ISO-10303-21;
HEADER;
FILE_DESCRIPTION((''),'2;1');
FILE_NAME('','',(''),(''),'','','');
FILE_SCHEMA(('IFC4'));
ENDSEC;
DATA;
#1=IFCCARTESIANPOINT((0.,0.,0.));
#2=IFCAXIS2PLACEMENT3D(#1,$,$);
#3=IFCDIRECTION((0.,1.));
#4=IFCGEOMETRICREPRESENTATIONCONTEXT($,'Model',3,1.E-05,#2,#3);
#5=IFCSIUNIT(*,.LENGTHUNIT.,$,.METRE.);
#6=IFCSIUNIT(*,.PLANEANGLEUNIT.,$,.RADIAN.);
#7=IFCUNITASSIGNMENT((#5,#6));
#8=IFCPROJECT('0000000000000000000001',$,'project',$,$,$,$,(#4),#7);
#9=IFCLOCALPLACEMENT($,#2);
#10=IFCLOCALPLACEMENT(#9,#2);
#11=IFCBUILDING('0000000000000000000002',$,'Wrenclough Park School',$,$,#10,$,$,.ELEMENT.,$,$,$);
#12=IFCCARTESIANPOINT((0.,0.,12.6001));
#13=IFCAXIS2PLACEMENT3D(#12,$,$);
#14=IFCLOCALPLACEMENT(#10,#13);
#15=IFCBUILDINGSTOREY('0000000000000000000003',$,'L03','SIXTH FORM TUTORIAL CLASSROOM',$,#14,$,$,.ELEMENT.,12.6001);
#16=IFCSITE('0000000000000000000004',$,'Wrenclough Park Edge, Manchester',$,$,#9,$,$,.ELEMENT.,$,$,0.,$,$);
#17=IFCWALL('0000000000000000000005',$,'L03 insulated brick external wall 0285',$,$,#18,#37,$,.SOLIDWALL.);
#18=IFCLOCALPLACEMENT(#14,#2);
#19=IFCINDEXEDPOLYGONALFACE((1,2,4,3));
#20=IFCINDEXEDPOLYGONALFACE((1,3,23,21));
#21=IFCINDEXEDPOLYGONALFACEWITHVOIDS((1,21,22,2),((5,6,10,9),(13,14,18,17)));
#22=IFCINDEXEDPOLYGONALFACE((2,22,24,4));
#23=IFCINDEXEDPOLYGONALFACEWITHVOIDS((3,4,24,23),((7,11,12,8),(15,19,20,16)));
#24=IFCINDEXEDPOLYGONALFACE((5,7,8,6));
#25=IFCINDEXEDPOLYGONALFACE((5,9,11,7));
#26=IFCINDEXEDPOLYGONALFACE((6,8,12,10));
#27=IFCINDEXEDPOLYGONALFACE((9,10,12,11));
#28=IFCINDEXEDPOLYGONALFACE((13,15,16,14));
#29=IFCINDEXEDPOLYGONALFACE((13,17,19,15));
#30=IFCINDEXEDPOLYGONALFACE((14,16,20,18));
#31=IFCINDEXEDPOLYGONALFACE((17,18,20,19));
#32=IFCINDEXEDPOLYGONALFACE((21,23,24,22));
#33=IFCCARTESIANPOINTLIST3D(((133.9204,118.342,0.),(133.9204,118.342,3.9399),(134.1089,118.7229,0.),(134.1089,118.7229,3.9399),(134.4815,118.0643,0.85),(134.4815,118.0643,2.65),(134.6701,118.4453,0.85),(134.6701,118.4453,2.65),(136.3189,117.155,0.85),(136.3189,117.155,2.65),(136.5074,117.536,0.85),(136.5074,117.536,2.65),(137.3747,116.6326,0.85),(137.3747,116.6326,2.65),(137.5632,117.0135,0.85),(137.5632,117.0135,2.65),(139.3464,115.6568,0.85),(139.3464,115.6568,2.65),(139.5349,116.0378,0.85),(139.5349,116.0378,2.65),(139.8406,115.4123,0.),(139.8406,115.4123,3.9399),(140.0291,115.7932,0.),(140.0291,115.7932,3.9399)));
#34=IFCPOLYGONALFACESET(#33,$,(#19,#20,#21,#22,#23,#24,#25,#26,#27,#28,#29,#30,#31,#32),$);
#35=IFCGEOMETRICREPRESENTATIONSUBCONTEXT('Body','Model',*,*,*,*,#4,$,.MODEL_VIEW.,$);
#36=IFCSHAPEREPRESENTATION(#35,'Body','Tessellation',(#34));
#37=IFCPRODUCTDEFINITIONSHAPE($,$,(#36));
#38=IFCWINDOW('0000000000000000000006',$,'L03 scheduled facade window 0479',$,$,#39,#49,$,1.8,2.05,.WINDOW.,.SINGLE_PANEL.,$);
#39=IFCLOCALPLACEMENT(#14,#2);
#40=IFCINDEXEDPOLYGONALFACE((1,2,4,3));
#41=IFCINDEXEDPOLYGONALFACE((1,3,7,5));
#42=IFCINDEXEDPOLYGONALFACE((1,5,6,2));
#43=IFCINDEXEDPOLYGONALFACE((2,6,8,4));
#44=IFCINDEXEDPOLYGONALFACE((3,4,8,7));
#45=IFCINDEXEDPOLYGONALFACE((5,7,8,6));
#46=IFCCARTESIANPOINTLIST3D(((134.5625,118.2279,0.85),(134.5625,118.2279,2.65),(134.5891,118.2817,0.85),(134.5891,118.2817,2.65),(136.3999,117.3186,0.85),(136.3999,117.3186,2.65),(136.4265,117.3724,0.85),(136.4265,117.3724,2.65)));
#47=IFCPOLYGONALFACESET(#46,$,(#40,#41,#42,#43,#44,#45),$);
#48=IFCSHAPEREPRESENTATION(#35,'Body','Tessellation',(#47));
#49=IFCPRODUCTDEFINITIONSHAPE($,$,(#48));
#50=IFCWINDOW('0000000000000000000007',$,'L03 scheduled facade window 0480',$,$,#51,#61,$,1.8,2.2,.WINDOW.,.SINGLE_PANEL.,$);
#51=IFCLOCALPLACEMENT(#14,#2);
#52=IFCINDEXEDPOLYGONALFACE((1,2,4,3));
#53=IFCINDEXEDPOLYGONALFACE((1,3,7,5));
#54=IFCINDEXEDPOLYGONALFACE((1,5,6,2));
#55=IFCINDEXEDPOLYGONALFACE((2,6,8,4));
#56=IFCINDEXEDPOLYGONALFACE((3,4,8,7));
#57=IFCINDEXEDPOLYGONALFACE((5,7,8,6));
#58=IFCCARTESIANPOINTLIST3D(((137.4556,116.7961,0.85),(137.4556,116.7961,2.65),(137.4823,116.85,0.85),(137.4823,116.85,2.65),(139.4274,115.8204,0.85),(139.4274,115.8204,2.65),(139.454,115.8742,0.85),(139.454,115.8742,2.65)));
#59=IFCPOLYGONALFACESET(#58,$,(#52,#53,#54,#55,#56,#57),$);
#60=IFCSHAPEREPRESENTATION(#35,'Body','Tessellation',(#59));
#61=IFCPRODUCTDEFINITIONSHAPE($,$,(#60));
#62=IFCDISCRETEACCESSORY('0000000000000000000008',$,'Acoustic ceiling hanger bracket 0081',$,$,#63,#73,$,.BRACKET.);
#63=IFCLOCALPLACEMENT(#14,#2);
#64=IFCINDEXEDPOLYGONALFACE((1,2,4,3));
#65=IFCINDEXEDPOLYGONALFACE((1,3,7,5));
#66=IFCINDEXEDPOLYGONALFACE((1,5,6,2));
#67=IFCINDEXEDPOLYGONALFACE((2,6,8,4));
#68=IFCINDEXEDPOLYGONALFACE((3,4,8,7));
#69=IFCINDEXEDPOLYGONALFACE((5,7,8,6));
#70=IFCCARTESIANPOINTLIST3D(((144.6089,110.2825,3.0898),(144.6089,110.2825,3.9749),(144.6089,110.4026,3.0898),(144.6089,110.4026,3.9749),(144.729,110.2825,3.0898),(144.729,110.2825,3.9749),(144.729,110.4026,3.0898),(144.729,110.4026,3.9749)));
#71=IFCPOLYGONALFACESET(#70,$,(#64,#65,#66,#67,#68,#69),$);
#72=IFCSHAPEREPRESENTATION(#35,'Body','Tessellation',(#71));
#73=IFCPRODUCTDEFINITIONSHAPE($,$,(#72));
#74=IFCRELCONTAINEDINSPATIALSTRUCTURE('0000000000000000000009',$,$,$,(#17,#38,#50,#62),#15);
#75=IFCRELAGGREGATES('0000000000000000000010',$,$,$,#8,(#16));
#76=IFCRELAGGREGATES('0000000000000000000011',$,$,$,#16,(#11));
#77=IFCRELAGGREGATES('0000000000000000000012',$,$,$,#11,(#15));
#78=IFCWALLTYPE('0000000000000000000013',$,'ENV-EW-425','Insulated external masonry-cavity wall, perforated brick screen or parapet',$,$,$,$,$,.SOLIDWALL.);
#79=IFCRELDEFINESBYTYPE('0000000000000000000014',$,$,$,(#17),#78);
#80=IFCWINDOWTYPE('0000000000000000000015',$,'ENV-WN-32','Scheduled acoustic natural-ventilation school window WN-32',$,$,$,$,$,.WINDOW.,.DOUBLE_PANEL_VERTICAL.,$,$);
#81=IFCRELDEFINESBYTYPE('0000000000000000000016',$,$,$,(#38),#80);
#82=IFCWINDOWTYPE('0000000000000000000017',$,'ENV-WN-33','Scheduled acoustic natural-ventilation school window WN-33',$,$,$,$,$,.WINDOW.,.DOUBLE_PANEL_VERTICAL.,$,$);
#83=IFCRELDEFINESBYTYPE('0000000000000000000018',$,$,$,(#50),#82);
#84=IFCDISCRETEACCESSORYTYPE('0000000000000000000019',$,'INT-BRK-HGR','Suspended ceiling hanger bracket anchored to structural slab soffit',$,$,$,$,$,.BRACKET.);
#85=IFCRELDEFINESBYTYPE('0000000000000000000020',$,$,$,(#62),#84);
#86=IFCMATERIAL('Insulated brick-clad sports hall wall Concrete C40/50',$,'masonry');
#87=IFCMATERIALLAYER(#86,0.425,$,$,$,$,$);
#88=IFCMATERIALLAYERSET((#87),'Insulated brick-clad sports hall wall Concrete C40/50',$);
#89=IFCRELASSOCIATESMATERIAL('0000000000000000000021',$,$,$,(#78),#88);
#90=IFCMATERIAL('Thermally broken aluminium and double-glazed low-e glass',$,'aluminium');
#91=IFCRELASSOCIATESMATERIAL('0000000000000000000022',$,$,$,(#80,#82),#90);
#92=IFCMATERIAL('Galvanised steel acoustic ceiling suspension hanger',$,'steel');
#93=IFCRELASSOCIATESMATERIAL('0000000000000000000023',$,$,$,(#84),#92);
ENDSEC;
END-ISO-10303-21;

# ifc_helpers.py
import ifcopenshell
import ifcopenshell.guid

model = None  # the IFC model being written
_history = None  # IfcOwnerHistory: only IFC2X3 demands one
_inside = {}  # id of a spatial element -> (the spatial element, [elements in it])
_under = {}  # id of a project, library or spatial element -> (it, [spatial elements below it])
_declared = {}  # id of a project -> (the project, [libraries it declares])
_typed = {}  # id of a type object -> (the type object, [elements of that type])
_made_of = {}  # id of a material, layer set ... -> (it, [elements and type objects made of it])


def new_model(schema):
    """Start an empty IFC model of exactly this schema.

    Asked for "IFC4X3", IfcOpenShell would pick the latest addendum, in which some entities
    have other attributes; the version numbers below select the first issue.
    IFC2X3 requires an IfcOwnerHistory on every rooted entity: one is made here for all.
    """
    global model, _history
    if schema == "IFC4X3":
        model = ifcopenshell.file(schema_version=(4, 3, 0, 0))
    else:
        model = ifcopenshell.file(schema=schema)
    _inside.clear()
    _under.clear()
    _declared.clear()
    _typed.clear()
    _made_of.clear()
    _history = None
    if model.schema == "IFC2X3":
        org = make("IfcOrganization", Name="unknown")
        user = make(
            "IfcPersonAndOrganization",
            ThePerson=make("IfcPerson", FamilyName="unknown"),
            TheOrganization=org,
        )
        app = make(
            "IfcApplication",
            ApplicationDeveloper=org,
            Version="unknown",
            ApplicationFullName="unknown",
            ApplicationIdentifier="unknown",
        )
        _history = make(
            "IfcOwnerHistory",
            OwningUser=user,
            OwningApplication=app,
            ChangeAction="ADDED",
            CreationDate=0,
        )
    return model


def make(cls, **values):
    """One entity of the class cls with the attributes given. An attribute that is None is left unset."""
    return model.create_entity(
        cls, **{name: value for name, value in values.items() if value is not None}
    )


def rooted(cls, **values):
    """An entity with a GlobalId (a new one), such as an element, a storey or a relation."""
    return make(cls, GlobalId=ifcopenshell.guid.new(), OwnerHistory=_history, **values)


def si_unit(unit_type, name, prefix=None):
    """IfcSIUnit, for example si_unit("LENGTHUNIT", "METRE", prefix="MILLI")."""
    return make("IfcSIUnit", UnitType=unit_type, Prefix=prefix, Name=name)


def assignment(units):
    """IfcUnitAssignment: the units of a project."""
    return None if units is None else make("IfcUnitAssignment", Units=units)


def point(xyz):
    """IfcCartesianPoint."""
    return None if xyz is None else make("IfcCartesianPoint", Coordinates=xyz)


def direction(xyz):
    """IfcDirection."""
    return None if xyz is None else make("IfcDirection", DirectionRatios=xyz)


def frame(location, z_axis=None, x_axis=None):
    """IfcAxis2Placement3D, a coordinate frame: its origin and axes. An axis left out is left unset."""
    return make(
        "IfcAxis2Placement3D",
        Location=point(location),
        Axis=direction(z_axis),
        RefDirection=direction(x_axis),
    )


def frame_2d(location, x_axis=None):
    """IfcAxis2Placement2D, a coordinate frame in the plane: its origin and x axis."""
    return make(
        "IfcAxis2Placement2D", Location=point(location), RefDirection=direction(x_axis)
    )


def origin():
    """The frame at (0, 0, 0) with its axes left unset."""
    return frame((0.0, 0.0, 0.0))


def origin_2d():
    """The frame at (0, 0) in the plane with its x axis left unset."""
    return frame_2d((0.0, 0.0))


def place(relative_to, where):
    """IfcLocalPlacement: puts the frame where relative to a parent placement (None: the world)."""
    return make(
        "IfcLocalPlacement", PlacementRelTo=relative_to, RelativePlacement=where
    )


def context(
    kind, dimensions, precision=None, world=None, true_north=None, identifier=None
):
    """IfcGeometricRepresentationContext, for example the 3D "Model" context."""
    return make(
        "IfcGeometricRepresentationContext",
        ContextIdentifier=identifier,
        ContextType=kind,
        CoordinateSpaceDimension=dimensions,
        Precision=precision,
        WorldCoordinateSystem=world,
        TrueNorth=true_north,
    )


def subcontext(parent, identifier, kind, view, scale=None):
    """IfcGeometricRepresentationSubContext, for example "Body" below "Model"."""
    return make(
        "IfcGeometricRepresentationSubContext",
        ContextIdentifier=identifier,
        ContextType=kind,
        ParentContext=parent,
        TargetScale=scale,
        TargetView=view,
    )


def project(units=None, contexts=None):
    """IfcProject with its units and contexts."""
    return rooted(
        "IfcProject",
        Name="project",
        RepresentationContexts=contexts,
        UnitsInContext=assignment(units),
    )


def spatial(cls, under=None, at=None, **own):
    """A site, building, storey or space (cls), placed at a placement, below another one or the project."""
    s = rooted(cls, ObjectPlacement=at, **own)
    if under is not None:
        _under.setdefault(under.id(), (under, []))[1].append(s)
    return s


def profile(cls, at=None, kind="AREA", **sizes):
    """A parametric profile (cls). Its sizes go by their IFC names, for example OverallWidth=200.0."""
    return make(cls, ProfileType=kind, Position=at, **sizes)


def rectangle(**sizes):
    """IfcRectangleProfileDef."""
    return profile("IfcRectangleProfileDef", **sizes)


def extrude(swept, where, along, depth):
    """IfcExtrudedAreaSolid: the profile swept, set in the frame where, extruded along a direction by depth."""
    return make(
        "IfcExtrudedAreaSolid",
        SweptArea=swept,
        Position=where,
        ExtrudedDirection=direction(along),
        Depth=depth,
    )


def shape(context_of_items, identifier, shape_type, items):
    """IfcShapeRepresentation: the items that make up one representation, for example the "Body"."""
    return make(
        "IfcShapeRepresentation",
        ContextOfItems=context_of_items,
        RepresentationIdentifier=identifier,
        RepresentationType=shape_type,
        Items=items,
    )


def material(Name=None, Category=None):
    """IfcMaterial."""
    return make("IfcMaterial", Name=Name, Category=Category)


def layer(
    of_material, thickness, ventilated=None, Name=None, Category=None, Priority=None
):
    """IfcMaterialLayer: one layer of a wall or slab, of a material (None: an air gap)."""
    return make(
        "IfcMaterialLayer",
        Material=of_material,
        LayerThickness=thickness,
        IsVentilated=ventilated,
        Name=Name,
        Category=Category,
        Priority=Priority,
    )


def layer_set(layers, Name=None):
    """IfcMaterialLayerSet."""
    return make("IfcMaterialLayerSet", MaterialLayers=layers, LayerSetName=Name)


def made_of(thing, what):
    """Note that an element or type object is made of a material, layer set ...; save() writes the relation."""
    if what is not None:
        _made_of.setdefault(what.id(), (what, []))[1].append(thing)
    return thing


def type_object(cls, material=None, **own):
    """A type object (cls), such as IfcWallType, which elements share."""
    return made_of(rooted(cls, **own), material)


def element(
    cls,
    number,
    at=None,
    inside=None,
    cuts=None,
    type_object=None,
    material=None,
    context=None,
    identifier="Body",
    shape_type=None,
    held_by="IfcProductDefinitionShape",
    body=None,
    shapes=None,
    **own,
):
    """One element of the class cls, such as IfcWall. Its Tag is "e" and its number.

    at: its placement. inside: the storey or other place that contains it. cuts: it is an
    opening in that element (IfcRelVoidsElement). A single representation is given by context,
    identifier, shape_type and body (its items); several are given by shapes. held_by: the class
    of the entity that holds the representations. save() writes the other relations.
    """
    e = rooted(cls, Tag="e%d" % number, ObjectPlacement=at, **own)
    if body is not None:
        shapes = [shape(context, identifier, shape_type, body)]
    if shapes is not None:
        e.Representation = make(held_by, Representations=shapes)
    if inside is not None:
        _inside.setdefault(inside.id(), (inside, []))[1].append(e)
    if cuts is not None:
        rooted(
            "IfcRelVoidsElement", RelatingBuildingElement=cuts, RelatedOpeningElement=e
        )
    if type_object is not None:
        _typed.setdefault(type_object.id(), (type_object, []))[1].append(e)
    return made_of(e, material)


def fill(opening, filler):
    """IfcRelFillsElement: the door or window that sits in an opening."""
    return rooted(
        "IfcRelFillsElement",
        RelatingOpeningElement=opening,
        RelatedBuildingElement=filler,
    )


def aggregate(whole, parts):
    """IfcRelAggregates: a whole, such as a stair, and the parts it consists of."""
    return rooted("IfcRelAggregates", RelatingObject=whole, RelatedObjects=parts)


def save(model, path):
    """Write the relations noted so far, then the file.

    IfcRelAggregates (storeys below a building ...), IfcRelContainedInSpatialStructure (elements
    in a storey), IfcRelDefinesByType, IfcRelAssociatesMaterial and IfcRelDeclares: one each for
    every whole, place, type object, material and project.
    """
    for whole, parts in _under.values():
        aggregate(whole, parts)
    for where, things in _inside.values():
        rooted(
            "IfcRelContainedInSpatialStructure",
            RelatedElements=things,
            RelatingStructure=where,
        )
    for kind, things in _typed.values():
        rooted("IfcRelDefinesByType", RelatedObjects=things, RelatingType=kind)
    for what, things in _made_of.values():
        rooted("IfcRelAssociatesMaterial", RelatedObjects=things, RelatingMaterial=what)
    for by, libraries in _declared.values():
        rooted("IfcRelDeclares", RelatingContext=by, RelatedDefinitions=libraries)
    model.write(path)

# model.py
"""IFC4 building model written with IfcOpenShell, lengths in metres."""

from ifc_helpers import new_model, si_unit, direction, frame, frame_2d, origin, origin_2d, place, context, subcontext, project, spatial, rectangle, extrude, material, layer, layer_set, type_object, element, fill, save


model = new_model("IFC4")

# Units and contexts
model_context = context("Model", 3, precision=1e-05, world=origin(), true_north=direction((0.0, 1.0)))
body_context = subcontext(model_context, "Body", "Model", "MODEL_VIEW")
ifc_project = project(units=[si_unit("LENGTHUNIT", "METRE"), si_unit("PLANEANGLEUNIT", "RADIAN")], contexts=[model_context])

# Site, building, storey
site_placement = place(None, origin())
site = spatial("IfcSite", under=ifc_project, at=site_placement, Name="Wrenclough Park Edge, Manchester", CompositionType="ELEMENT", RefElevation=0.0)
building_placement = place(site_placement, origin())
building = spatial("IfcBuilding", under=site, at=building_placement, Name="Wrenclough Park School", CompositionType="ELEMENT")
storey_placement = place(building_placement, frame((0.0, 0.0, 12.6001)))
storey = spatial("IfcBuildingStorey", under=building, at=storey_placement, Name="L03", Description="SIXTH FORM TUTORIAL CLASSROOM", CompositionType="ELEMENT", Elevation=12.6001)

# Wall, openings, windows
ifc_material_1 = material(Name="Thermally broken aluminium and double-glazed low-e glass", Category="aluminium")
ifc_material_2 = material(Name="Insulated brick-clad sports hall wall Concrete C40/50", Category="masonry")
ifc_layer_1 = layer(ifc_material_2, 0.425)
ifc_layer_set_1 = layer_set([ifc_layer_1], Name="Insulated brick-clad sports hall wall Concrete C40/50")
wall_type_1 = type_object("IfcWallType", Name="ENV-EW-425", Description="Insulated external masonry-cavity wall, perforated brick screen or parapet", PredefinedType="SOLIDWALL", material=ifc_layer_set_1)
wall_1_placement = place(storey_placement, frame((134.0146, 118.5325, 0.0), z_axis=(0.0, 0.0, 1.0), x_axis=(0.89626, -0.443529, 0.0)))
wall_1 = element("IfcWall", 1, at=wall_1_placement, inside=storey, type_object=wall_type_1, Name="L03 insulated brick external wall 0285", PredefinedType="SOLIDWALL", context=body_context, shape_type="SweptSolid", body=[
    extrude(rectangle(XDim=6.6055, YDim=0.425, at=frame_2d((3.3027, 0.0))), origin(), (0.0, 0.0, 1.0), 3.9399),
])
opening_1_placement = place(wall_1_placement, frame((0.6262, 0.0, 0.8501)))
opening_1 = element("IfcOpeningElement", 2, at=opening_1_placement, cuts=wall_1, PredefinedType="OPENING", context=body_context, shape_type="SweptSolid", body=[
    extrude(rectangle(XDim=2.05, YDim=1.8, at=frame_2d((1.0249, 0.8999))), frame((0.0, 0.2224, 0.0), z_axis=(0.0, -1.0, 0.0), x_axis=(1.0, 0.0, 0.0)), (0.0, 0.0, 1.0), 0.4451),
])
opening_2_placement = place(wall_1_placement, frame((3.854, 0.0, 0.8501)))
opening_2 = element("IfcOpeningElement", 3, at=opening_2_placement, cuts=wall_1, PredefinedType="OPENING", context=body_context, shape_type="SweptSolid", body=[
    extrude(rectangle(XDim=2.2, YDim=1.8, at=frame_2d((1.1001, 0.8999))), frame((0.0, 0.2224, 0.0), z_axis=(0.0, -1.0, 0.0), x_axis=(1.0, 0.0, 0.0)), (0.0, 0.0, 1.0), 0.4451),
])
window_type_1 = type_object("IfcWindowType", Name="ENV-WN-32", Description="Scheduled acoustic natural-ventilation school window WN-32", PartitioningType="DOUBLE_PANEL_VERTICAL", PredefinedType="WINDOW", material=ifc_material_1)
window_1_placement = place(opening_1_placement, origin())
window_1 = element("IfcWindow", 4, at=window_1_placement, inside=storey, type_object=window_type_1, Name="L03 scheduled facade window 0479", OverallHeight=1.8, OverallWidth=2.05, PartitioningType="SINGLE_PANEL", PredefinedType="WINDOW", context=body_context, shape_type="SweptSolid", body=[
    extrude(rectangle(XDim=2.05, YDim=1.8, at=frame_2d((1.0249, 0.8999))), frame((0.0, 0.03, 0.0), z_axis=(0.0, -1.0, 0.0), x_axis=(1.0, 0.0, 0.0)), (0.0, 0.0, 1.0), 0.0601),
])
fill(opening_1, window_1)
window_type_2 = type_object("IfcWindowType", Name="ENV-WN-33", Description="Scheduled acoustic natural-ventilation school window WN-33", PartitioningType="DOUBLE_PANEL_VERTICAL", PredefinedType="WINDOW", material=ifc_material_1)
window_2_placement = place(opening_2_placement, origin())
window_2 = element("IfcWindow", 5, at=window_2_placement, inside=storey, type_object=window_type_2, Name="L03 scheduled facade window 0480", OverallHeight=1.8, OverallWidth=2.2, PartitioningType="SINGLE_PANEL", PredefinedType="WINDOW", context=body_context, shape_type="SweptSolid", body=[
    extrude(rectangle(XDim=2.2, YDim=1.8, at=frame_2d((1.1001, 0.8999))), frame((0.0, 0.03, 0.0), z_axis=(0.0, -1.0, 0.0), x_axis=(1.0, 0.0, 0.0)), (0.0, 0.0, 1.0), 0.0601),
])
fill(opening_2, window_2)

# Discrete accessory
ifc_material_3 = material(Name="Galvanised steel acoustic ceiling suspension hanger", Category="steel")
discrete_accessory_type = type_object("IfcDiscreteAccessoryType", Name="INT-BRK-HGR", Description="Suspended ceiling hanger bracket anchored to structural slab soffit", PredefinedType="BRACKET", material=ifc_material_3)
discrete_accessory_placement = place(storey_placement, frame((144.6689, 110.3425, 3.0898), z_axis=(0.0, 0.0, 1.0), x_axis=(1.0, 0.0, 0.0)))
element("IfcDiscreteAccessory", 6, at=discrete_accessory_placement, inside=storey, type_object=discrete_accessory_type, Name="Acoustic ceiling hanger bracket 0081", PredefinedType="BRACKET", context=body_context, shape_type="SweptSolid", body=[
    extrude(rectangle(XDim=0.1201, YDim=0.1201, at=origin_2d()), origin(), (0.0, 0.0, 1.0), 0.885),
])

save(model, "model.ifc")
